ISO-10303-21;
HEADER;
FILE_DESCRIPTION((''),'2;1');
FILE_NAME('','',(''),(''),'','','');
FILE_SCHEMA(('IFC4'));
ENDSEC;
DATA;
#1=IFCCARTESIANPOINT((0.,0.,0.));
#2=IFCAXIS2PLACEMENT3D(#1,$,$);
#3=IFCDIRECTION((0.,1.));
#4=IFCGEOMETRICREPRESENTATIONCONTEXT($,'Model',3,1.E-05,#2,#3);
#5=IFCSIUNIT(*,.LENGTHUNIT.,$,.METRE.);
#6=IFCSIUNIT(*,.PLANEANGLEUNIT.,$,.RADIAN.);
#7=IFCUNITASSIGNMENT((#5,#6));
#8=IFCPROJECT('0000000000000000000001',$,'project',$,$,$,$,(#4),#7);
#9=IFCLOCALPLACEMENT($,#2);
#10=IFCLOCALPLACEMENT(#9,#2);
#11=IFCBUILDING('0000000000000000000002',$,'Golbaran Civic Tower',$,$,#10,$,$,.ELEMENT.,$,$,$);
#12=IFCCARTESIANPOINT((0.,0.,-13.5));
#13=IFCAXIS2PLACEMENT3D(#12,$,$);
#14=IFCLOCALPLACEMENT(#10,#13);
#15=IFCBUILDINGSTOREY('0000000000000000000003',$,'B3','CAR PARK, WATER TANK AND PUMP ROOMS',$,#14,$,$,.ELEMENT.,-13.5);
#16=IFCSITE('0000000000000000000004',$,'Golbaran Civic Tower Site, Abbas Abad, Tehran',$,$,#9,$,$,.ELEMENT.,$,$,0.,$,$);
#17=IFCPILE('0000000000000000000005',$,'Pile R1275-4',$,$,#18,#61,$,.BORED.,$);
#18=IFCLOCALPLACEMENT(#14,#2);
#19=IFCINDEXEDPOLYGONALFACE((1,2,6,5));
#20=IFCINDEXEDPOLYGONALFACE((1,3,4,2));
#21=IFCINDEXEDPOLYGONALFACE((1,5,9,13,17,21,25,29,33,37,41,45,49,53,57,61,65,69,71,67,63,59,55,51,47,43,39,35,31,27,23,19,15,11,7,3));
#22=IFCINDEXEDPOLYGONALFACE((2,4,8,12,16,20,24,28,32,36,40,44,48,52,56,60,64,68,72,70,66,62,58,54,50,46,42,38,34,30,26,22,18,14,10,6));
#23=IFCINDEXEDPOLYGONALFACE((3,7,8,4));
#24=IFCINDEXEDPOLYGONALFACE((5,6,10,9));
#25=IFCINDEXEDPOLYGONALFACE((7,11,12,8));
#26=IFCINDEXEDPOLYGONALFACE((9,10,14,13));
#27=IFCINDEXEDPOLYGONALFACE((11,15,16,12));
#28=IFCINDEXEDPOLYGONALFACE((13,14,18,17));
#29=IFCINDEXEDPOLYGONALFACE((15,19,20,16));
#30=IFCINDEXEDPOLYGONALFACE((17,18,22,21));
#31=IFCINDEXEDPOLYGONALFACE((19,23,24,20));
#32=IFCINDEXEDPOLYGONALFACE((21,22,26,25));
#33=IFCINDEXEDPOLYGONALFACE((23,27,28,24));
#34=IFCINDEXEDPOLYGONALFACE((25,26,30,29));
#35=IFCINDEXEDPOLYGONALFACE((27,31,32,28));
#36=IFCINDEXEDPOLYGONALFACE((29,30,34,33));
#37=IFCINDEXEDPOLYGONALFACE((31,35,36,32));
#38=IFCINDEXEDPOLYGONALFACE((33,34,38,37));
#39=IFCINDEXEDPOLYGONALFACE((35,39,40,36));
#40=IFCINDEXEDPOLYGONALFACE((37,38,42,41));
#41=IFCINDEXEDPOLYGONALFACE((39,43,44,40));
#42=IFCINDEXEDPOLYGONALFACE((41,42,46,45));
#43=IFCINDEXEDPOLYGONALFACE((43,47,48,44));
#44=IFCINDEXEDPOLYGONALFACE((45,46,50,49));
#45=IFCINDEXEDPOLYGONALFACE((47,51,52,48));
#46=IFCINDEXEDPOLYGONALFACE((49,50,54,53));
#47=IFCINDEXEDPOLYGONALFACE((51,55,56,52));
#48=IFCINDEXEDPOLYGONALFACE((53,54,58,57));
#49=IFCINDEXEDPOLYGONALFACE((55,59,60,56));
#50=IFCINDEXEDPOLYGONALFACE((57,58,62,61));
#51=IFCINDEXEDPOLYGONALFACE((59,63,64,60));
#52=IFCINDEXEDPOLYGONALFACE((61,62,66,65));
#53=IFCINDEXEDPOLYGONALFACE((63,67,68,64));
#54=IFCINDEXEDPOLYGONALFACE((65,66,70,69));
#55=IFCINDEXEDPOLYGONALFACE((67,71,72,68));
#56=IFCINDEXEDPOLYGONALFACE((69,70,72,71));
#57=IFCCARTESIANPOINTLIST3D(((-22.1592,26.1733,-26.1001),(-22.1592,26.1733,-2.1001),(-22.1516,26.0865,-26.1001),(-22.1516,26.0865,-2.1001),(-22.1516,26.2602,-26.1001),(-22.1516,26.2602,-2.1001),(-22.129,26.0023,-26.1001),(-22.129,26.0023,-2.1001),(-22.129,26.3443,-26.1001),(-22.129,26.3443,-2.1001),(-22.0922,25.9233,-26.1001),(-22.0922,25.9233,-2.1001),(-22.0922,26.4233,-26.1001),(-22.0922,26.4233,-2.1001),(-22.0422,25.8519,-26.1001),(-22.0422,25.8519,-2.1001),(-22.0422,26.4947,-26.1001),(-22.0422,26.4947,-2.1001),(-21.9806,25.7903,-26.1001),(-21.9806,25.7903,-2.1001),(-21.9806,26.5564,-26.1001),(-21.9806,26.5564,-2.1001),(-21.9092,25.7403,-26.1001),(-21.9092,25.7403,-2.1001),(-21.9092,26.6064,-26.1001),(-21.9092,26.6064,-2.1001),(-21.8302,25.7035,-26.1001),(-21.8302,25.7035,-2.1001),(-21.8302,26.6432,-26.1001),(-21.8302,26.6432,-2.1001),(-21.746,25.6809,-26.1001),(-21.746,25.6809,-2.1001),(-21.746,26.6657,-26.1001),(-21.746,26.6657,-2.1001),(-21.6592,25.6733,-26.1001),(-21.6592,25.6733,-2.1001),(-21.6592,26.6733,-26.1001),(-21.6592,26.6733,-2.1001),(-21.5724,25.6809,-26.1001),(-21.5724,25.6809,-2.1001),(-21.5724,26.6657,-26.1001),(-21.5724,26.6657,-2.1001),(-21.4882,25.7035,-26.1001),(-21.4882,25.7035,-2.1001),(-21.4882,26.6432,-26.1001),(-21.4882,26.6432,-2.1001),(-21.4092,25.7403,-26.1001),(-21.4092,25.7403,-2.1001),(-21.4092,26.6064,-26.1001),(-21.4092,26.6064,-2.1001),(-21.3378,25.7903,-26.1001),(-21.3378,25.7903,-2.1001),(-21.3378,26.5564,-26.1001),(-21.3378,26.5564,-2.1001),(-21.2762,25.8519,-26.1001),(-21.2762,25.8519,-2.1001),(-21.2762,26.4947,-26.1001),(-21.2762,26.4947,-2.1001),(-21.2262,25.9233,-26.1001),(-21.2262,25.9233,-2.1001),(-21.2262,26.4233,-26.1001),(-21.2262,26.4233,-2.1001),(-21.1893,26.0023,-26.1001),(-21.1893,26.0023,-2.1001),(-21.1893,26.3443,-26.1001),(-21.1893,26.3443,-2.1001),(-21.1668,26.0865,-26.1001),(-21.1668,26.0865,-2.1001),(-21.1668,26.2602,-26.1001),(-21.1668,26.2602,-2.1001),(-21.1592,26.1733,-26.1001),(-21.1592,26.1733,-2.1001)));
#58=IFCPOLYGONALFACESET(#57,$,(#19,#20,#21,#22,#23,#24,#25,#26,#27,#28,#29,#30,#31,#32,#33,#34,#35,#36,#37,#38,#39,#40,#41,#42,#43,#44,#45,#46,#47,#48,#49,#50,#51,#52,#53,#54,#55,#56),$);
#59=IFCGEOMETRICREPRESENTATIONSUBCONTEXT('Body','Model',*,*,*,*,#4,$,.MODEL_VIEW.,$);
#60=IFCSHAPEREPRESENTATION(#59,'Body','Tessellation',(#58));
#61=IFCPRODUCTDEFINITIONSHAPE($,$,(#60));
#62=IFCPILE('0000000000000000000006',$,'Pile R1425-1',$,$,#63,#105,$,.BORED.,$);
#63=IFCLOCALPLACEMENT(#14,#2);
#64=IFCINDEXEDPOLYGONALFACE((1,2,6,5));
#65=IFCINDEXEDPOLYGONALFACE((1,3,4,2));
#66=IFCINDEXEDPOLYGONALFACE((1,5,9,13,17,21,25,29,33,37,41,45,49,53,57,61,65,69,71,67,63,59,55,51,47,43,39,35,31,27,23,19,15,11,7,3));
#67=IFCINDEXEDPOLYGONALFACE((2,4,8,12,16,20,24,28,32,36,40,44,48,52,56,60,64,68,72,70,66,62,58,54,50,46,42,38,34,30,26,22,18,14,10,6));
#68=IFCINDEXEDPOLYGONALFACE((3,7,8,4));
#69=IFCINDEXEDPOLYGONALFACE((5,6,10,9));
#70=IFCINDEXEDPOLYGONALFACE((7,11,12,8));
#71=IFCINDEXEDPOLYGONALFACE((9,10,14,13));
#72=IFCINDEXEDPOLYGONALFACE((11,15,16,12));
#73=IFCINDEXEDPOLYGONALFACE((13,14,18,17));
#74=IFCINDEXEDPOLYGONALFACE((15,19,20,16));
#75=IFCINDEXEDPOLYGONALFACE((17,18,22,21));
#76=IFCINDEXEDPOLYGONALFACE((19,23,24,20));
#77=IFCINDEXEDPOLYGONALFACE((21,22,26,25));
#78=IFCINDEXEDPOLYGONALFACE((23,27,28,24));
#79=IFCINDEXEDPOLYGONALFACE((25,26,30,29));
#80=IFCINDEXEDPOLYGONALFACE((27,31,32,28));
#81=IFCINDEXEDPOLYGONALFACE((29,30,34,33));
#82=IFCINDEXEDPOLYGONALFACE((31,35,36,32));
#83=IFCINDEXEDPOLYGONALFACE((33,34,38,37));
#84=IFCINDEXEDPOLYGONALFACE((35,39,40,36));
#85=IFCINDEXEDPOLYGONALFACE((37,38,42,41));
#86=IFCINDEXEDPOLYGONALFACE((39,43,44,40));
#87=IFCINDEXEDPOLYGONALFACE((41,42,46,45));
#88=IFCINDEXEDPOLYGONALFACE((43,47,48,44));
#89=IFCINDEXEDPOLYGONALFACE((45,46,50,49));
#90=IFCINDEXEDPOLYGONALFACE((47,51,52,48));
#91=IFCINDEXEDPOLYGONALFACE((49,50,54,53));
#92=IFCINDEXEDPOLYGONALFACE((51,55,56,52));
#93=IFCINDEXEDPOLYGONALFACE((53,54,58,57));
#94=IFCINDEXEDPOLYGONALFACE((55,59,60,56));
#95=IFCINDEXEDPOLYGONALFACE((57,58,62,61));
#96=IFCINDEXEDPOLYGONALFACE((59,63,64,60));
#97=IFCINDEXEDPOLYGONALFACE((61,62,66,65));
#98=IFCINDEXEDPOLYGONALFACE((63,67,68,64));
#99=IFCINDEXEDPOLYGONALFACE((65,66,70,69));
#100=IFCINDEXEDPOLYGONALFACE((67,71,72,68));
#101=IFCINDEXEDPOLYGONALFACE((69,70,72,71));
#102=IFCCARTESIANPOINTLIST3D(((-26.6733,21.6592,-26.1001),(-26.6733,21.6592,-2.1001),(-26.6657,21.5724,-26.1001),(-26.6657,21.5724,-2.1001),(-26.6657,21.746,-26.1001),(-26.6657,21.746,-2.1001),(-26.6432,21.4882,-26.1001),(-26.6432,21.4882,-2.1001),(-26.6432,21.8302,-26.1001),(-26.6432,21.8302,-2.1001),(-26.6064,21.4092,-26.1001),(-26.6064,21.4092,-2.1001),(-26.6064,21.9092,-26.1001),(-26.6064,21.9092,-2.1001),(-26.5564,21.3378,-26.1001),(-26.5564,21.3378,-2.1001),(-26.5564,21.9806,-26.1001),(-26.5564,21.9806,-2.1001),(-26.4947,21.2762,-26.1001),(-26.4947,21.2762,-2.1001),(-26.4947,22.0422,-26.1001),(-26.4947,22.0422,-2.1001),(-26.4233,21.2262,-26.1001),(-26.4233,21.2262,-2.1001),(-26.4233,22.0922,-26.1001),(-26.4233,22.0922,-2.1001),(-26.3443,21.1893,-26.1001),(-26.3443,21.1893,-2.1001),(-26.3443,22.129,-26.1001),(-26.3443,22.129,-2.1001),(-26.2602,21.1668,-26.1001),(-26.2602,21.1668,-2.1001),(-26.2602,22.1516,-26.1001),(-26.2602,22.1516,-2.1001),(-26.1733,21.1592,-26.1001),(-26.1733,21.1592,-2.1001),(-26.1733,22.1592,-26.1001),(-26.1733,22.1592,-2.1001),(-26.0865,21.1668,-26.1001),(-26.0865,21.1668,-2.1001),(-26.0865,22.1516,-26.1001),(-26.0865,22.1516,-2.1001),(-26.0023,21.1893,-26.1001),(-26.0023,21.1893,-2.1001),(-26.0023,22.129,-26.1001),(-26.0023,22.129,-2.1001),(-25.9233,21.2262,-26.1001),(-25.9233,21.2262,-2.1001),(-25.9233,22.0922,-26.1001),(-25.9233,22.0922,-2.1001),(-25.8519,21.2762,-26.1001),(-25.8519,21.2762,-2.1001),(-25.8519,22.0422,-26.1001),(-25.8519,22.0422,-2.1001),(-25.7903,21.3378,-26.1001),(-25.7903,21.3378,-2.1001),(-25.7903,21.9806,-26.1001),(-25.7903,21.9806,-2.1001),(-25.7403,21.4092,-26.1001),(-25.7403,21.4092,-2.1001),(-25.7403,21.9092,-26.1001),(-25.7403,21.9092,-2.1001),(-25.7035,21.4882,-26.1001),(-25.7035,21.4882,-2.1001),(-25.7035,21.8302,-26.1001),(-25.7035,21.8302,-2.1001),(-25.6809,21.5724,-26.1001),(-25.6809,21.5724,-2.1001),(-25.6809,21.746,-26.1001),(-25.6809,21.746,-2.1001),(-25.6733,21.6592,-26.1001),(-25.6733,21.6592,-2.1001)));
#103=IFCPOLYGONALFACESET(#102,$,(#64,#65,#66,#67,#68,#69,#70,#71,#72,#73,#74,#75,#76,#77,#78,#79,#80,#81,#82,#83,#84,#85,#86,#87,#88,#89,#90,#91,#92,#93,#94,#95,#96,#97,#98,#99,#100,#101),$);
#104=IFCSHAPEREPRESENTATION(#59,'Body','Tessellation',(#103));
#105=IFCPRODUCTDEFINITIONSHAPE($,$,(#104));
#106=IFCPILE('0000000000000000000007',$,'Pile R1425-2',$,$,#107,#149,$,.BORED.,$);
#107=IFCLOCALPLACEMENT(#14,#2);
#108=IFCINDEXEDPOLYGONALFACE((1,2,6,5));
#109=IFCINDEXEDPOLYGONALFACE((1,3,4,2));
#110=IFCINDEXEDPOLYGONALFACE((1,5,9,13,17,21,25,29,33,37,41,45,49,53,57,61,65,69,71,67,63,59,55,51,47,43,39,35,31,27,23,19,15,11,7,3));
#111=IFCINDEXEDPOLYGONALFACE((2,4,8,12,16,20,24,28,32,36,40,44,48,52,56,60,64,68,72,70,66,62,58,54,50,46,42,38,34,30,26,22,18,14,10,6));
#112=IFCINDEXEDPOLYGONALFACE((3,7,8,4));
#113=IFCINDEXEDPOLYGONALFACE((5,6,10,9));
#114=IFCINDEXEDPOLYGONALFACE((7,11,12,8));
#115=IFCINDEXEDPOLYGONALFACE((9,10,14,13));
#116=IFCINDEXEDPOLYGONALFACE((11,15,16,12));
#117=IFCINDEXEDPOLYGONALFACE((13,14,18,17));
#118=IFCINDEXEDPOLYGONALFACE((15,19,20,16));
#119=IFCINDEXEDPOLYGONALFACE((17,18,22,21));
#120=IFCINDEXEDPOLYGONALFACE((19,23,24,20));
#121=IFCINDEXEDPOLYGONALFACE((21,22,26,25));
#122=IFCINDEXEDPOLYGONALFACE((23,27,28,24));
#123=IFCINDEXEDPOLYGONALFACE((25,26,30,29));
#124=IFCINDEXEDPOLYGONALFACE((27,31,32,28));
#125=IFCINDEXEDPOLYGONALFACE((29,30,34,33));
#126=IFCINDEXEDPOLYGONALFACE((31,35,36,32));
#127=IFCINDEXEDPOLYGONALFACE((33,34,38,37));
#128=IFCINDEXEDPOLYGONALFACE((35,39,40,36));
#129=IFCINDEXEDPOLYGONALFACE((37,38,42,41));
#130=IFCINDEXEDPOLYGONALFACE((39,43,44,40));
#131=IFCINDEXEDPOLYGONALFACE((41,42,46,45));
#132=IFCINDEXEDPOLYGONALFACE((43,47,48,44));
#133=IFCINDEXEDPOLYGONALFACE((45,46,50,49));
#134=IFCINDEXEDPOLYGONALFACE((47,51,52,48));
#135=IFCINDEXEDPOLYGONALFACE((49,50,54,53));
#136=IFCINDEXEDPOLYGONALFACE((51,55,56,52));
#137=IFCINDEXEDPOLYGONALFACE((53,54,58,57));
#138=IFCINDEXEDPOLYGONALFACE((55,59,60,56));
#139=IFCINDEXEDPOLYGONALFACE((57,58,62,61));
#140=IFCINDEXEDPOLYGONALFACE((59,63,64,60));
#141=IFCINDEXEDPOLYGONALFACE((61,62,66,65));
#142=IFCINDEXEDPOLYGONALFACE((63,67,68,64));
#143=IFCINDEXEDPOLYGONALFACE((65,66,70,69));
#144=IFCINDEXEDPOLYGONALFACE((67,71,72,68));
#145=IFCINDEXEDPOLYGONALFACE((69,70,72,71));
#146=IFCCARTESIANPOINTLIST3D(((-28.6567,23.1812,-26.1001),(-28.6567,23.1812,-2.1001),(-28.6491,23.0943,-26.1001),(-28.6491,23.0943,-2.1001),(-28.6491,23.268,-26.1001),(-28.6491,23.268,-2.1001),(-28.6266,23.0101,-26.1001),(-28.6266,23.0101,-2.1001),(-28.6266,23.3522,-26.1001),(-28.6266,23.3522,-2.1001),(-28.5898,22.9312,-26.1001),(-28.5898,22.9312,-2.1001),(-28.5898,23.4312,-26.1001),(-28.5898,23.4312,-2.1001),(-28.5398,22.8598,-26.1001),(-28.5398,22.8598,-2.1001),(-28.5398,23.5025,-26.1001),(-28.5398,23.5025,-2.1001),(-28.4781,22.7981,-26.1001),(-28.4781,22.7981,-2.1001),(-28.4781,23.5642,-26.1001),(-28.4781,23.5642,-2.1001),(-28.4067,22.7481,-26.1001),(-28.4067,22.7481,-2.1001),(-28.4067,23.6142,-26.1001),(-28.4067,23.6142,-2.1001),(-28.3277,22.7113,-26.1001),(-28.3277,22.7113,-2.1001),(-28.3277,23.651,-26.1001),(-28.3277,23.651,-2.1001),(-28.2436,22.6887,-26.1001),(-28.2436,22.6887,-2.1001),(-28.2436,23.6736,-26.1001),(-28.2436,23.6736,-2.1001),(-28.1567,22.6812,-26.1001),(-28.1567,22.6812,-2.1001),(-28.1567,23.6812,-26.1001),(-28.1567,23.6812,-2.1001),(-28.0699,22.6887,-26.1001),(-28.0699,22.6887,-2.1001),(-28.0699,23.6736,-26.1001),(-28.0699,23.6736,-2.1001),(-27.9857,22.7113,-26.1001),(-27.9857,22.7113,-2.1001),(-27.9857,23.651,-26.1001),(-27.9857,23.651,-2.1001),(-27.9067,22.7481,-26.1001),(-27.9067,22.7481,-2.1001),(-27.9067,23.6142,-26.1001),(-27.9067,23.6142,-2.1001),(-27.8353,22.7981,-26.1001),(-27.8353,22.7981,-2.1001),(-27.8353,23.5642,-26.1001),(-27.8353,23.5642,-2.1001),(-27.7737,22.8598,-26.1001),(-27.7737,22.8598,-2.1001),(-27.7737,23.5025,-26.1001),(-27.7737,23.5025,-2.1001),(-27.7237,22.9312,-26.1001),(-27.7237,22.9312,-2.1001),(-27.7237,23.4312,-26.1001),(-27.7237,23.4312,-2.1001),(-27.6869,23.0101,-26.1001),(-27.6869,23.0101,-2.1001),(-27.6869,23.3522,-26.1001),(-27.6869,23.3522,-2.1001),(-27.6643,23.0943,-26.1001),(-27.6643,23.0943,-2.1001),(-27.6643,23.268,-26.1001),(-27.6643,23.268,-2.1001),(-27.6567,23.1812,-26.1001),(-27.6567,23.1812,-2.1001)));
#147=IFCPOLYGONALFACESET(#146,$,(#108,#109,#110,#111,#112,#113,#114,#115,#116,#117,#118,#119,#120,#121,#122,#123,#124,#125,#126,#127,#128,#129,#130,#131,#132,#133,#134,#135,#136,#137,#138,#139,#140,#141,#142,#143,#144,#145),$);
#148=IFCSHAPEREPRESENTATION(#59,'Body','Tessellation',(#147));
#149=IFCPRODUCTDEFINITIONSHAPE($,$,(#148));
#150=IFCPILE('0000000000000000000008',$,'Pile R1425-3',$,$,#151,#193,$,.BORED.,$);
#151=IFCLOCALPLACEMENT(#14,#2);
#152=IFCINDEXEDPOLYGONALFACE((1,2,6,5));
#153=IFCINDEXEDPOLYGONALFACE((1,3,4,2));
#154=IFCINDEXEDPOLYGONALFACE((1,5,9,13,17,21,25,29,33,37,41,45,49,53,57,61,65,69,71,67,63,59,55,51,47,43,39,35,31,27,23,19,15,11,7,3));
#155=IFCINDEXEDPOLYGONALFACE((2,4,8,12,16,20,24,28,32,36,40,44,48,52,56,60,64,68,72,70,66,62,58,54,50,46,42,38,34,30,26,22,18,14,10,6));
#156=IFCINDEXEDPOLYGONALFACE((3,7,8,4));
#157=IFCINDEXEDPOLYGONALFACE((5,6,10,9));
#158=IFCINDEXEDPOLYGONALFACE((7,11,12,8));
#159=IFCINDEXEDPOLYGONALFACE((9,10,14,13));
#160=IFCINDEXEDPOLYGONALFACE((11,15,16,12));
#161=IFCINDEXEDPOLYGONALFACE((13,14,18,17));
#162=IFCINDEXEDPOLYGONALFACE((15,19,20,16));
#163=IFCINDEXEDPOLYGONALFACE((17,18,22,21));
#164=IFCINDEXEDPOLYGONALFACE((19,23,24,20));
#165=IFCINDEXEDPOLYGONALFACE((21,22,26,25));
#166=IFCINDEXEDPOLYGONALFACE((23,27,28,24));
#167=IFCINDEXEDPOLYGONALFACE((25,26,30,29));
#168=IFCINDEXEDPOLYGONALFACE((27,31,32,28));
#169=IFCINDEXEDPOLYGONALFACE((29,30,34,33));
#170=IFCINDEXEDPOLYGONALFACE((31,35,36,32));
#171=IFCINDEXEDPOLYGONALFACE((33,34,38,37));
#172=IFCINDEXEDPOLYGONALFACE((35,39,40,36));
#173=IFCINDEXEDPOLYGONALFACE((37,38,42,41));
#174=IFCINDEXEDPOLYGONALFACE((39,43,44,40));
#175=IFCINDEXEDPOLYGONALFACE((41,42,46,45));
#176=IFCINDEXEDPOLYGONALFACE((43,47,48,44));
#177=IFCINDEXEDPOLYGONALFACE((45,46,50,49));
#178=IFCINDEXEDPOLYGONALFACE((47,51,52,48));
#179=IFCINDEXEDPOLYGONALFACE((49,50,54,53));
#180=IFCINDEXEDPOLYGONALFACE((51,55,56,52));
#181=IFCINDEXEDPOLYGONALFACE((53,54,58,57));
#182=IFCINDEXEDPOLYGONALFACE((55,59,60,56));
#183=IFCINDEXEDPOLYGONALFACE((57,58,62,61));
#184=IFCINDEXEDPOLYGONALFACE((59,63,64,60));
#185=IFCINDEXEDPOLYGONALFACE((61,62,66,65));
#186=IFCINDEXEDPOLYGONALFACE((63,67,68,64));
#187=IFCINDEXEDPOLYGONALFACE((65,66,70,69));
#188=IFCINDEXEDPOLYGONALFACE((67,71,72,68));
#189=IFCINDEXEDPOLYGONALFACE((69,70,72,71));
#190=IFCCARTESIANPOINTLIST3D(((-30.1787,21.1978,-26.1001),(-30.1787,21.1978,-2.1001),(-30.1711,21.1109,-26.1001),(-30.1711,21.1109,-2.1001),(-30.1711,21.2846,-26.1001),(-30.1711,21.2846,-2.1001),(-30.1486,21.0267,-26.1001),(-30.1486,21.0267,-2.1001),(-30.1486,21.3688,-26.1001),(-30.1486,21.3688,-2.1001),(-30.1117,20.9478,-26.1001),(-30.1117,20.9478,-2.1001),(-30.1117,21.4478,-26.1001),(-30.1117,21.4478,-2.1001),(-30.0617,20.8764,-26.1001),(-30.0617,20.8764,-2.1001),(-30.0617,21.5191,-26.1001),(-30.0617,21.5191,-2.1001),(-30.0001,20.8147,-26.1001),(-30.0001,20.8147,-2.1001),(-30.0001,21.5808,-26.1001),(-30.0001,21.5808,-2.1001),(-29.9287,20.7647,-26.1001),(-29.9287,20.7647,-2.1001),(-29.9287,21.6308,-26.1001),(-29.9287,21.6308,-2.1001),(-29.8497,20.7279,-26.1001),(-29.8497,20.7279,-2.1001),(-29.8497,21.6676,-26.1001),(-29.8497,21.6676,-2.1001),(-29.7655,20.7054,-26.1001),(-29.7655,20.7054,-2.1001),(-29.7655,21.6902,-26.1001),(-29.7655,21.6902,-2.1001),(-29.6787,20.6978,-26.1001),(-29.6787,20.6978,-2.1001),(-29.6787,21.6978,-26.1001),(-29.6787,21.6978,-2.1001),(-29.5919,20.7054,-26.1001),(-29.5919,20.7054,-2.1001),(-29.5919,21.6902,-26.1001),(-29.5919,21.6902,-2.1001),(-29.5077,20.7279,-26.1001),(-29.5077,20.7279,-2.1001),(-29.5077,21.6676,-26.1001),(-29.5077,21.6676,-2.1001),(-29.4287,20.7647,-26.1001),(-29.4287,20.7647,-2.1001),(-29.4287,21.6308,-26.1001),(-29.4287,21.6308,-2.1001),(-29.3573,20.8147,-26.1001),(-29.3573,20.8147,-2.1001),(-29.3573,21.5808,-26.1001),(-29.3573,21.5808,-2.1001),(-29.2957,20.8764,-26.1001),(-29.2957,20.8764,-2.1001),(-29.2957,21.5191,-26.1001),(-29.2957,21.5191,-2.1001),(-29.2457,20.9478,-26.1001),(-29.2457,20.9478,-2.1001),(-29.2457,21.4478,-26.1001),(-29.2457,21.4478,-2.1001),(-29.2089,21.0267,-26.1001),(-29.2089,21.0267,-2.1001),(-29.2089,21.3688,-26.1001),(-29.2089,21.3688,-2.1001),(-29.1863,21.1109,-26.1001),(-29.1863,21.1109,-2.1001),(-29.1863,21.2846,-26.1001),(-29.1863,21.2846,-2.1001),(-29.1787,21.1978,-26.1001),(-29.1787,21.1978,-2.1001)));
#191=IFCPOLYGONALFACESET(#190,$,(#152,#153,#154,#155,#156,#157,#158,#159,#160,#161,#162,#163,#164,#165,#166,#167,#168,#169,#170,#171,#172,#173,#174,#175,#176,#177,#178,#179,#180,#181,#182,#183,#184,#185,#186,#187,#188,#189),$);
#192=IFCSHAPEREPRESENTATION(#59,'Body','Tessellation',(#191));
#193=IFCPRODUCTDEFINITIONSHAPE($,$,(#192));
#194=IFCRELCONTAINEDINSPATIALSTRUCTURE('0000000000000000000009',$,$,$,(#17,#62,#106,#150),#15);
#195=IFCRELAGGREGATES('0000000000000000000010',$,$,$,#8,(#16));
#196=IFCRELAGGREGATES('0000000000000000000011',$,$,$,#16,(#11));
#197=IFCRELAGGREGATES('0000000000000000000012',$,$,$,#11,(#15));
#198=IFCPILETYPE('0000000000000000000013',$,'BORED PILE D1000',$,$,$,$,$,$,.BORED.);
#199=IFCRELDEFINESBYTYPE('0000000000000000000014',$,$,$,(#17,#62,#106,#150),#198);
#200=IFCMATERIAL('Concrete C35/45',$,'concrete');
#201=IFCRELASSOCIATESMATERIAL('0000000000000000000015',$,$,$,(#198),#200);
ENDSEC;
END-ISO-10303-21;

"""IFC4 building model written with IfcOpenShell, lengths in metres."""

from ifc_helpers import new_model, si_unit, direction, frame, origin, origin_2d, place, context, subcontext, project, spatial, circle, extrude, material, material_profile, profile_set, type_object, element, save


model = new_model("IFC4")

# Units and contexts
model_context = context("Model", 3, precision=1e-05, world=origin(), true_north=direction((0.0, 1.0)))
body_context = subcontext(model_context, "Body", "Model", "MODEL_VIEW")
ifc_project = project(units=[si_unit("LENGTHUNIT", "METRE"), si_unit("PLANEANGLEUNIT", "RADIAN")], contexts=[model_context])

# Site, building, storey
site_placement = place(None, origin())
site = spatial("IfcSite", under=ifc_project, at=site_placement, Name="Golbaran Civic Tower Site, Abbas Abad, Tehran", CompositionType="ELEMENT", RefElevation=0.0)
building_placement = place(site_placement, origin())
building = spatial("IfcBuilding", under=site, at=building_placement, Name="Golbaran Civic Tower", CompositionType="ELEMENT")
storey_placement = place(building_placement, frame((0.0, 0.0, -13.5)))
storey = spatial("IfcBuildingStorey", under=building, at=storey_placement, Name="B3", Description="CAR PARK, WATER TANK AND PUMP ROOMS", CompositionType="ELEMENT", Elevation=-13.5)

# Piles
ifc_material_1 = material(Name="Concrete C35/45", Category="concrete")
ifc_material_profile_1 = material_profile(ifc_material_1, circle(Radius=0.5, at=origin_2d()), Name="BORED PILE D1000")
ifc_profile_set_1 = profile_set([ifc_material_profile_1], Name="Concrete C35/45")
pile_type_1 = type_object("IfcPileType", Name="BORED PILE D1000", PredefinedType="BORED", material=ifc_profile_set_1)
for number, where, z_axis, x_axis, name in (
    (1, (-21.6592, 26.1733, -2.1001), (0.0, 0.0, -1.0), (1.0, 0.0, 0.0), "Pile R1275-4"),
    (2, (-26.1733, 21.6592, -2.1001), (0.0, 0.0, -1.0), (1.0, 0.0, 0.0), "Pile R1425-1"),
    (3, (-28.1567, 23.1812, -2.1001), (0.0, 0.0, -1.0), (1.0, 0.0, 0.0), "Pile R1425-2"),
    (4, (-29.6787, 21.1978, -2.1001), (0.0, 0.0, -1.0), (1.0, 0.0, 0.0), "Pile R1425-3"),
):
    element("IfcPile", number, at=place(storey_placement, frame(where, z_axis=z_axis, x_axis=x_axis)), inside=storey, type_object=pile_type_1, Name=name, PredefinedType="BORED", context=body_context, shape_type="SweptSolid", body=[
        extrude(circle(Radius=0.5, at=origin_2d()), origin(), (0.0, 0.0, 1.0), 24.0),
    ])

save(model, "model.ifc")
